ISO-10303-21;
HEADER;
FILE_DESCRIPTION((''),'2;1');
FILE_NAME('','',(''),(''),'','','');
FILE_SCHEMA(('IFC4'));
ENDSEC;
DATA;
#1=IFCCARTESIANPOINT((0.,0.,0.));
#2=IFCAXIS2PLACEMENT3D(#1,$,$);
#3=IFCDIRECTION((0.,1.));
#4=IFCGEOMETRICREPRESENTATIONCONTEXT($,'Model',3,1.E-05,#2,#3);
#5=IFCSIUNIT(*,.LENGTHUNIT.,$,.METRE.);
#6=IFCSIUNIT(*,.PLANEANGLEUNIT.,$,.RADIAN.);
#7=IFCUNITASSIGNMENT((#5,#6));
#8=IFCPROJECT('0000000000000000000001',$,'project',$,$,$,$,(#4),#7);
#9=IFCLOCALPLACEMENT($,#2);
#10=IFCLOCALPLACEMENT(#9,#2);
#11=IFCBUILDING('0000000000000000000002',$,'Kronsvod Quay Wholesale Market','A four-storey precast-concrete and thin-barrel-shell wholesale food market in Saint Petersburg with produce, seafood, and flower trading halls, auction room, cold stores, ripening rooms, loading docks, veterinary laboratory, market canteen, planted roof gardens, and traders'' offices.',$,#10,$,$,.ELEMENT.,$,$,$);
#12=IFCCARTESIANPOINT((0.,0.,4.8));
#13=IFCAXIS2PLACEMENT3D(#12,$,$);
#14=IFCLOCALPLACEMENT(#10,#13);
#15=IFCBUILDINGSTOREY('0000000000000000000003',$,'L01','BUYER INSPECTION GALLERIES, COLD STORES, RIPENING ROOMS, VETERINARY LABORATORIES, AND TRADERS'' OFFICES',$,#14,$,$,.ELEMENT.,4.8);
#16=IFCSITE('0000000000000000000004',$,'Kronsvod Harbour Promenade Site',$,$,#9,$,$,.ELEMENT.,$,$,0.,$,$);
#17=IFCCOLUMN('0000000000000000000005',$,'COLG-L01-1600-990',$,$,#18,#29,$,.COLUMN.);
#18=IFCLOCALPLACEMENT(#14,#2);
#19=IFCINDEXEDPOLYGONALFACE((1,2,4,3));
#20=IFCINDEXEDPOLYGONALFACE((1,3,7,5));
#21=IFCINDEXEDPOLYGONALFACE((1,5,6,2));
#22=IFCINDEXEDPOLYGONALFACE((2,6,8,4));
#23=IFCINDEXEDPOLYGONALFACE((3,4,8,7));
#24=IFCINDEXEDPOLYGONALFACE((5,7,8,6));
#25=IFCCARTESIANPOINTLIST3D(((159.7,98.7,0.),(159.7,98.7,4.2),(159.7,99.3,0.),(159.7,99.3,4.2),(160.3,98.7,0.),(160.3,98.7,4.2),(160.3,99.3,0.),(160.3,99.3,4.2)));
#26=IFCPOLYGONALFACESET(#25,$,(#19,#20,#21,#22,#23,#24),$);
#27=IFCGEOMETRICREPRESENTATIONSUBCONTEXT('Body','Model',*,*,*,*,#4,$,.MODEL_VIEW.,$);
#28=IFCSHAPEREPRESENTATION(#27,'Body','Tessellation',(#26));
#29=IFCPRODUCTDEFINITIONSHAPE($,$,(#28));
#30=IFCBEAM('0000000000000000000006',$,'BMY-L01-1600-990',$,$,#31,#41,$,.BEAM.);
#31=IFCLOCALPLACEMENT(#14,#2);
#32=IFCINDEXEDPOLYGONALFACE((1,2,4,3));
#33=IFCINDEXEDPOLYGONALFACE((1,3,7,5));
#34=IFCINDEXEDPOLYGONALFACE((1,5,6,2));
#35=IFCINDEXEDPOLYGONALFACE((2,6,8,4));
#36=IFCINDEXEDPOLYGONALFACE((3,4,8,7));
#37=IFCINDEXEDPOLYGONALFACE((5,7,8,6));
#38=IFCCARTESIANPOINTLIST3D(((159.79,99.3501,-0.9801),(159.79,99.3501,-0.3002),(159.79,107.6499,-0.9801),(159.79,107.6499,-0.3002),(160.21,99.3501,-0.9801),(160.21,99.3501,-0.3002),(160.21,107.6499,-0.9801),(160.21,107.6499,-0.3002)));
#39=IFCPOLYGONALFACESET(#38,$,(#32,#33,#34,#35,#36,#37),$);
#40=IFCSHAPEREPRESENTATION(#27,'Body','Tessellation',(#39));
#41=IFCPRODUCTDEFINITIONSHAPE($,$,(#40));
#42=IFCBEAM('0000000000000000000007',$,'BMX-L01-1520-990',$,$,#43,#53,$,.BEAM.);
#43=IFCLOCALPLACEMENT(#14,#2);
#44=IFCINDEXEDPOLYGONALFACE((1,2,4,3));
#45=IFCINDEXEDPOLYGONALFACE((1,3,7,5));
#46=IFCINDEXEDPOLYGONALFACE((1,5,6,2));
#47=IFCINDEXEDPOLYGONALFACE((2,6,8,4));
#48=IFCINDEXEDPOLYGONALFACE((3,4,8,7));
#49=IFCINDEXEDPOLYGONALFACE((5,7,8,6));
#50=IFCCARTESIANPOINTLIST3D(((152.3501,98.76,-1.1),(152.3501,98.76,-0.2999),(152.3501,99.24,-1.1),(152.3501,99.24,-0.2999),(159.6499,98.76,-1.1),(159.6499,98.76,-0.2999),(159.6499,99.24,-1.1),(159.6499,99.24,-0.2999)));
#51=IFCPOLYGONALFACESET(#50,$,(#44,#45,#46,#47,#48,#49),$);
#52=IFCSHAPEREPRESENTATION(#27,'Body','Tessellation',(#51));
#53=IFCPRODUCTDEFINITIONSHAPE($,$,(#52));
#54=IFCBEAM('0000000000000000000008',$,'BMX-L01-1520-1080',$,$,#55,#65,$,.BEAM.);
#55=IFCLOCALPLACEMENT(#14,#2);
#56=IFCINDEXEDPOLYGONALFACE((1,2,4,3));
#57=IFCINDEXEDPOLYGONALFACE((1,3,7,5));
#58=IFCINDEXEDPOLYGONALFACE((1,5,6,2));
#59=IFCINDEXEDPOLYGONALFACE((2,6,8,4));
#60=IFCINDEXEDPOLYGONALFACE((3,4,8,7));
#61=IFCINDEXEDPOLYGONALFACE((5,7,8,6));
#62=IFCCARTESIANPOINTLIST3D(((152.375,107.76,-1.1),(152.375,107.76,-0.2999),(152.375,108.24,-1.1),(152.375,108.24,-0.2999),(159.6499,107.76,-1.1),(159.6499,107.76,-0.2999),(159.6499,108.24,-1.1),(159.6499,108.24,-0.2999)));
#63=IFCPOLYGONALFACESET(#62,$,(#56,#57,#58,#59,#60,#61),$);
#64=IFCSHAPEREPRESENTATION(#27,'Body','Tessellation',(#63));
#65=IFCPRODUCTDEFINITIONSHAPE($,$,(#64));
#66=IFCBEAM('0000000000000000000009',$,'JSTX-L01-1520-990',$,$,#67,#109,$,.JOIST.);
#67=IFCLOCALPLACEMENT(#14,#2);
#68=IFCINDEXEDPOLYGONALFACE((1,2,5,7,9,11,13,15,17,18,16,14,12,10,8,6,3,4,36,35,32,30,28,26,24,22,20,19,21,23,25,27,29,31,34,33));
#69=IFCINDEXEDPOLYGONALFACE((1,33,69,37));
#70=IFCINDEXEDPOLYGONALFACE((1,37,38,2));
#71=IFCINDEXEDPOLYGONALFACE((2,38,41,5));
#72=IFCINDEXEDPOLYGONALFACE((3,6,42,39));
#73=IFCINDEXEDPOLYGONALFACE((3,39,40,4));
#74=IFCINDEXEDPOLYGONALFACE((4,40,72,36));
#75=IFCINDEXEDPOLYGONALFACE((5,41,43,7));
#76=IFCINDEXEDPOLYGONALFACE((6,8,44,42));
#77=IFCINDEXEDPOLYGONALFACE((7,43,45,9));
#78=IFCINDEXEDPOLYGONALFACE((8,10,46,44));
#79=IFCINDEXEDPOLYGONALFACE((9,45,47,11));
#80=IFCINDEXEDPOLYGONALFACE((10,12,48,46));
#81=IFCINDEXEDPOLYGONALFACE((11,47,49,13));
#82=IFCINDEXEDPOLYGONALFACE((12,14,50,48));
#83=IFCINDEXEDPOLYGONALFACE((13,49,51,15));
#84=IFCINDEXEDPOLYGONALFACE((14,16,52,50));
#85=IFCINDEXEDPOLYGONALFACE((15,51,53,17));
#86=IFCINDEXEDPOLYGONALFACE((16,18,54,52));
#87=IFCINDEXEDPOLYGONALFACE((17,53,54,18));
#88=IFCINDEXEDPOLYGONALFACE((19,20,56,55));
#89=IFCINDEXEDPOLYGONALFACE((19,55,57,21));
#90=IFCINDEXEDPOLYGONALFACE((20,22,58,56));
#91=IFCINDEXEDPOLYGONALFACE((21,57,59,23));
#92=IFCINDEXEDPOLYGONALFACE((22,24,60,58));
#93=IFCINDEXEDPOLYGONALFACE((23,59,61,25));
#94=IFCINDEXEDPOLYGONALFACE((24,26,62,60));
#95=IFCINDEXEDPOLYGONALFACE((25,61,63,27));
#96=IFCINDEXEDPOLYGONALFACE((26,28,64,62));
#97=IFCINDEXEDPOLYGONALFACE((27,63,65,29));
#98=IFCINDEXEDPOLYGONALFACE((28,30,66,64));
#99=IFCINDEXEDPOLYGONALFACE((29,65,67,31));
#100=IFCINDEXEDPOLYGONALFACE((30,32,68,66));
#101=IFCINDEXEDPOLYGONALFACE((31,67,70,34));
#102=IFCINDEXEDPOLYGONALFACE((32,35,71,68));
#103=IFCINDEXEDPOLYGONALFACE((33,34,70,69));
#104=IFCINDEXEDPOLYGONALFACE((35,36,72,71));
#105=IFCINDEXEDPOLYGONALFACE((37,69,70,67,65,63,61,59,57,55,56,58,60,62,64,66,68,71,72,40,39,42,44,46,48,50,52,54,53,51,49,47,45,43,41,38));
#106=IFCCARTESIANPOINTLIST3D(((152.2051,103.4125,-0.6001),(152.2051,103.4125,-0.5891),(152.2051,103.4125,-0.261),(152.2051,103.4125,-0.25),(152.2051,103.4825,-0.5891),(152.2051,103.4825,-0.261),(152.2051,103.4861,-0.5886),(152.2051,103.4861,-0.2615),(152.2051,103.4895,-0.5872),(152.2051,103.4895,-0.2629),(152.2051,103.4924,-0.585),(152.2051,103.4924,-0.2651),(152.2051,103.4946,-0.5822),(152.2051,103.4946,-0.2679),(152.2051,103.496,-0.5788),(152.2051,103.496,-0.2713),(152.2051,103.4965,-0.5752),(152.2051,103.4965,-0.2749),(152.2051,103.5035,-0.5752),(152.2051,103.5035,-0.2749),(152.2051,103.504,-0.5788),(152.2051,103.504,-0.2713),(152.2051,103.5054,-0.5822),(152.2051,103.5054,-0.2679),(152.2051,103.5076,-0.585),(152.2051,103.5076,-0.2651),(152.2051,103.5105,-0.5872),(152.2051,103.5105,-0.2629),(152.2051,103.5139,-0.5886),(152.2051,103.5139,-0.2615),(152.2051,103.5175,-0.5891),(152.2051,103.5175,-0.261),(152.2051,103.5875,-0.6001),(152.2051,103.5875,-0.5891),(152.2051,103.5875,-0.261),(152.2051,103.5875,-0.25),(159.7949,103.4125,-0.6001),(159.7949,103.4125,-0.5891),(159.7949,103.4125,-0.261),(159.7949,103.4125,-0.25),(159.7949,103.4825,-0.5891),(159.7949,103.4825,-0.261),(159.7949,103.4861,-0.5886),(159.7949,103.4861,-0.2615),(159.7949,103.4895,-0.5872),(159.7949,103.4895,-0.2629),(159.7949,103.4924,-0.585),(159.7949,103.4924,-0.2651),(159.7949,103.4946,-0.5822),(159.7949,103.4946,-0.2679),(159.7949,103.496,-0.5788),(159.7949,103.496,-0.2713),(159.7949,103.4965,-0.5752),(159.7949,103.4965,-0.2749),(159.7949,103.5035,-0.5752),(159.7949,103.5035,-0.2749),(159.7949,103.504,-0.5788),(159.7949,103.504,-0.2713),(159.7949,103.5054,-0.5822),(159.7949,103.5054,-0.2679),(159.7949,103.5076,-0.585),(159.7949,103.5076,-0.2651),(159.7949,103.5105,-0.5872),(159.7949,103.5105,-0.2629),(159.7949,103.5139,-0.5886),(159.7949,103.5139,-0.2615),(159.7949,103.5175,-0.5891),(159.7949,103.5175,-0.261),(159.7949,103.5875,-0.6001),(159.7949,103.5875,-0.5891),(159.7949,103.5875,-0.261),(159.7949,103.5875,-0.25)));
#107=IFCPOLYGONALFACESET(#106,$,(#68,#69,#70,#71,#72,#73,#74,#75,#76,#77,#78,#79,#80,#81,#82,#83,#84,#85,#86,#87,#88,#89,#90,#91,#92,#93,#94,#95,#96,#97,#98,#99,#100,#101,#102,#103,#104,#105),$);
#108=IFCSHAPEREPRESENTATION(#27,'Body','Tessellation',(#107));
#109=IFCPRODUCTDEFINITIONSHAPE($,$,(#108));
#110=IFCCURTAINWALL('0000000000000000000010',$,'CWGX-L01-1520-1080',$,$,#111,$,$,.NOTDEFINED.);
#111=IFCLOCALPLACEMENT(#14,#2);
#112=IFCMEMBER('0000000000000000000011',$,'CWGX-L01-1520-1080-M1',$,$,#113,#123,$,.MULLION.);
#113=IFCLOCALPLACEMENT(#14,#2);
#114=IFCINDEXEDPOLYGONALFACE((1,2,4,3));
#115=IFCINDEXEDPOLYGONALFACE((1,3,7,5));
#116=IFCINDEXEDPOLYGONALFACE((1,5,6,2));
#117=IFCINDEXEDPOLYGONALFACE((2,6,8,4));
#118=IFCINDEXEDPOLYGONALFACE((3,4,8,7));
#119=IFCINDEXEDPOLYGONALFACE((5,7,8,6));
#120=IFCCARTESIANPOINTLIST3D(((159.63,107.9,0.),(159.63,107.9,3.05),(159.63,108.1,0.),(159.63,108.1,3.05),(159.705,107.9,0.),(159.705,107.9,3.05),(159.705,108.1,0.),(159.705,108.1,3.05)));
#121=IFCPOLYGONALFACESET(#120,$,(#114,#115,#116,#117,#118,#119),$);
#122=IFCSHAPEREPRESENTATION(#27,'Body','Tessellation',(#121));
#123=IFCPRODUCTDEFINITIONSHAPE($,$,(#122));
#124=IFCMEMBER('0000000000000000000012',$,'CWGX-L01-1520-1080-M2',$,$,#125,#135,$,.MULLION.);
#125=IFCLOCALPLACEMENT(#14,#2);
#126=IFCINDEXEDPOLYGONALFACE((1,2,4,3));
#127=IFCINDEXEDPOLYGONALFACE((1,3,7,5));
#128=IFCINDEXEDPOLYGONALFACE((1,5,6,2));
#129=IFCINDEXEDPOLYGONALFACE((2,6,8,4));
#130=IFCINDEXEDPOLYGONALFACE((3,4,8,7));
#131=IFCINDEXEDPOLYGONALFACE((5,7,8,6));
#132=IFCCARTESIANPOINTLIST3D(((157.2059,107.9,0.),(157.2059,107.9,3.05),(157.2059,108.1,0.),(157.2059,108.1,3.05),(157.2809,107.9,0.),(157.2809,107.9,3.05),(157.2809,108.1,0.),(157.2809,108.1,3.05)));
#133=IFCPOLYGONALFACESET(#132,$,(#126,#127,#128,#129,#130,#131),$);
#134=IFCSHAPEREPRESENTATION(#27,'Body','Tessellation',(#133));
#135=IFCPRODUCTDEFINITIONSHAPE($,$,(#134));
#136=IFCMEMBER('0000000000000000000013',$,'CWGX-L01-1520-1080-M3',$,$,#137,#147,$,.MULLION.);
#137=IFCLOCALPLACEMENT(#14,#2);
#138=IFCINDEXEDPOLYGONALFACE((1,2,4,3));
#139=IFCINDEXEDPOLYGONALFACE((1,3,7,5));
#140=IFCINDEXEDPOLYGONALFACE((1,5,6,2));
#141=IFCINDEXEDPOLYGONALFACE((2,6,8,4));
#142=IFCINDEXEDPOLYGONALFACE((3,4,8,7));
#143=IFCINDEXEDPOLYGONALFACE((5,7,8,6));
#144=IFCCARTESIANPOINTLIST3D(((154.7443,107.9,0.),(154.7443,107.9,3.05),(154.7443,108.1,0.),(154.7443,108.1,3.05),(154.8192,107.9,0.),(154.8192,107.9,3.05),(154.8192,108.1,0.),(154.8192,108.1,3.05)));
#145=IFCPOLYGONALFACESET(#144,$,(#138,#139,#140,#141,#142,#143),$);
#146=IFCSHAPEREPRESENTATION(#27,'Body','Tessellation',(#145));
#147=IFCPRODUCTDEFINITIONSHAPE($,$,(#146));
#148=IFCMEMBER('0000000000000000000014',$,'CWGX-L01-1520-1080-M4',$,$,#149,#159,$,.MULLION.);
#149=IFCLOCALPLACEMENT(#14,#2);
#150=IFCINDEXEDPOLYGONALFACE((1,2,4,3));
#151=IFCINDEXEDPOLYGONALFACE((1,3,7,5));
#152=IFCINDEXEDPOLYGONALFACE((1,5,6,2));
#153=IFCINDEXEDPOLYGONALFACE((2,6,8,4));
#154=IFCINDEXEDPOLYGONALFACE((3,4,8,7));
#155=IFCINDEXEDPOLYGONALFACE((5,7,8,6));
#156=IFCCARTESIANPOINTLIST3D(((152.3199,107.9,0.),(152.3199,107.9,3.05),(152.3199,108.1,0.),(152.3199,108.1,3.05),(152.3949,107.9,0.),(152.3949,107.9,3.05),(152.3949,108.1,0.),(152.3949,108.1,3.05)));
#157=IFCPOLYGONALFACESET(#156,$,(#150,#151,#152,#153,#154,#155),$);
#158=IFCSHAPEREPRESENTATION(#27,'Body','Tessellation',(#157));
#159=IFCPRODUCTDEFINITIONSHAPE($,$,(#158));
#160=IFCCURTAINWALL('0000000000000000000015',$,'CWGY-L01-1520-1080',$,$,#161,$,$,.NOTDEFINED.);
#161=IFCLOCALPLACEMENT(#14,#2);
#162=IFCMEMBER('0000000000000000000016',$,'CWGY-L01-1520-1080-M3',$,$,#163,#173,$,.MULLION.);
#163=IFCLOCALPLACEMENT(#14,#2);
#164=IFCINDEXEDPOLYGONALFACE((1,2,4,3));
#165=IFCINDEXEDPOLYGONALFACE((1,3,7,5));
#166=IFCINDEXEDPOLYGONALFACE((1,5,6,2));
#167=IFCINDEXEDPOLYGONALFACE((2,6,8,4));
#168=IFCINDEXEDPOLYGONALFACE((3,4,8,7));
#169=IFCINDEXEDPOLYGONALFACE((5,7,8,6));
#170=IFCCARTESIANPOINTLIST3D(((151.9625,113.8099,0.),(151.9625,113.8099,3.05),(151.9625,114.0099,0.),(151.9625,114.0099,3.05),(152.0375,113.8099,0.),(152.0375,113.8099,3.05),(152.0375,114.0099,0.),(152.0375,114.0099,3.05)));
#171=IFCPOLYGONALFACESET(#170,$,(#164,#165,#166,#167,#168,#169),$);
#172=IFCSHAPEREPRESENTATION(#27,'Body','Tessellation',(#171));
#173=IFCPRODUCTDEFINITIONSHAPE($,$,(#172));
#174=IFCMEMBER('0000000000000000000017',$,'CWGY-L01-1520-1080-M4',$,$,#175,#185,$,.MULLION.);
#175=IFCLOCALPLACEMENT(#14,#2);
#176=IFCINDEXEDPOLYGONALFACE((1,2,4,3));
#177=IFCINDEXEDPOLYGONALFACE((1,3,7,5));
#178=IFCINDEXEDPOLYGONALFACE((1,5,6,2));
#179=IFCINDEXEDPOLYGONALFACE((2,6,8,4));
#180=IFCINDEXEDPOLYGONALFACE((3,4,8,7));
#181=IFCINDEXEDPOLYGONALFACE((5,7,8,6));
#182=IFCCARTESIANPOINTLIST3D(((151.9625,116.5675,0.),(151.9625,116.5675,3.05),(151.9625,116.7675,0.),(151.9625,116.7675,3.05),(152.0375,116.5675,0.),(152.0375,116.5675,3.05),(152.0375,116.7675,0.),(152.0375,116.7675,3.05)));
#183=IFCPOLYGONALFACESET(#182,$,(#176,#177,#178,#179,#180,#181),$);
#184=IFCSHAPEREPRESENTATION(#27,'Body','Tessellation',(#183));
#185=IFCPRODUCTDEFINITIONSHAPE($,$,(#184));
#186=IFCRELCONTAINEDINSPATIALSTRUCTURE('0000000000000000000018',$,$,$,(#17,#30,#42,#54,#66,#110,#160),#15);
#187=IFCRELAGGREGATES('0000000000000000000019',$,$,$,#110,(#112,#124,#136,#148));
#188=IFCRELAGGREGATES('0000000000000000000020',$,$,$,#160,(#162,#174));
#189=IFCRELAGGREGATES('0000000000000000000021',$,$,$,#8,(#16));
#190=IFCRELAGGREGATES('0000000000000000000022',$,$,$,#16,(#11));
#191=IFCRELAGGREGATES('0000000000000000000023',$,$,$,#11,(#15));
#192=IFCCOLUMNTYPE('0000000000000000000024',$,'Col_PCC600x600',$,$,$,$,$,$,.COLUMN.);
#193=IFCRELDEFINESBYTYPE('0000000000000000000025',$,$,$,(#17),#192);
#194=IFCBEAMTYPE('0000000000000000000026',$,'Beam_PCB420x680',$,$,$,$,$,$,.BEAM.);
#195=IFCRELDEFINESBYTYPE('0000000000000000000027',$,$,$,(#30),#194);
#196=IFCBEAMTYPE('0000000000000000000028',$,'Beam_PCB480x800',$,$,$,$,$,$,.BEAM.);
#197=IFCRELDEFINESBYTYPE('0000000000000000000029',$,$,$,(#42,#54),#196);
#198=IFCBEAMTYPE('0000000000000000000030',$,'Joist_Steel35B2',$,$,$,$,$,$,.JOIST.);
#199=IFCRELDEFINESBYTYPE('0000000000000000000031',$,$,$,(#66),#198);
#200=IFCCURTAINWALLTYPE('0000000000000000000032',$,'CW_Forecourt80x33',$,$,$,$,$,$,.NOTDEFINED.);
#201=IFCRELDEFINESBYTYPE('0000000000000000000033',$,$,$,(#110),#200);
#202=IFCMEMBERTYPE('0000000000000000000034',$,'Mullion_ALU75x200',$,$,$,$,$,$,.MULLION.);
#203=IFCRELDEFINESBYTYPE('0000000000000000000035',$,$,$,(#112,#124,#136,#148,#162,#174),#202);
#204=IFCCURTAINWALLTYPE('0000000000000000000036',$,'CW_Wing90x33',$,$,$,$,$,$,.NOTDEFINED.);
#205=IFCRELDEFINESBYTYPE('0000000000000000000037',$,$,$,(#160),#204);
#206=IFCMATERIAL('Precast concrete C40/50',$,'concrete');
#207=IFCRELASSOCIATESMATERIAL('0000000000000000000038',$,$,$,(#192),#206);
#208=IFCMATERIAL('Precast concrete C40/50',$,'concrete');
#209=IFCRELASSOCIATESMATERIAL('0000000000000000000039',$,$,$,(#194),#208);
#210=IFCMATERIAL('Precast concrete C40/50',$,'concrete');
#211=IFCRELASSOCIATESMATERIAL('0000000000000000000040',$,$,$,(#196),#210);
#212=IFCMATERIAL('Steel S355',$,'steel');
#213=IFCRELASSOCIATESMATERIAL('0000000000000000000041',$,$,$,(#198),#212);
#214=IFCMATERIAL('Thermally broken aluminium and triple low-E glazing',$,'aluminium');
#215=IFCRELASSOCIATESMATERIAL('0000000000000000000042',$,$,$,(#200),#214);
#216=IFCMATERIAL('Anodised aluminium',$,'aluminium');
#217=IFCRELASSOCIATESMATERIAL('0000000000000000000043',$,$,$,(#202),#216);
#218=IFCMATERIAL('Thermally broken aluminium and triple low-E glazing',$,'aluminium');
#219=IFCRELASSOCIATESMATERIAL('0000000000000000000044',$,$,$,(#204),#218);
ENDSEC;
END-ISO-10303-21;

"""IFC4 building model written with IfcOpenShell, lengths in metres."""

from ifc_helpers import new_model, si_unit, direction, frame, origin, origin_2d, place, context, subcontext, project, spatial, rectangle, i_section, extrude, material, material_profile, profile_set, type_object, element, aggregate, save


model = new_model("IFC4")

# Units and contexts
model_context = context("Model", 3, precision=1e-05, world=origin(), true_north=direction((0.0, 1.0)))
body_context = subcontext(model_context, "Body", "Model", "MODEL_VIEW")
ifc_project = project(units=[si_unit("LENGTHUNIT", "METRE"), si_unit("PLANEANGLEUNIT", "RADIAN")], contexts=[model_context])

# Site, building, storey
site_placement = place(None, origin())
site = spatial("IfcSite", under=ifc_project, at=site_placement, Name="Kronsvod Harbour Promenade Site", CompositionType="ELEMENT", RefElevation=0.0)
building_placement = place(site_placement, origin())
building = spatial("IfcBuilding", under=site, at=building_placement, Name="Kronsvod Quay Wholesale Market", Description="A four-storey precast-concrete and thin-barrel-shell wholesale food market in Saint Petersburg with produce, seafood, and flower trading halls, auction room, cold stores, ripening rooms, loading docks, veterinary laboratory, market canteen, planted roof gardens, and traders' offices.", CompositionType="ELEMENT")
storey_placement = place(building_placement, frame((0.0, 0.0, 4.8)))
storey = spatial("IfcBuildingStorey", under=building, at=storey_placement, Name="L01", Description="BUYER INSPECTION GALLERIES, COLD STORES, RIPENING ROOMS, VETERINARY LABORATORIES, AND TRADERS' OFFICES", CompositionType="ELEMENT", Elevation=4.8)

# Column
ifc_material_1 = material(Name="Precast concrete C40/50", Category="concrete")
ifc_material_profile_1 = material_profile(ifc_material_1, rectangle(XDim=0.6001, YDim=0.6001, at=origin_2d()), Name="PCC600x600")
ifc_profile_set_1 = profile_set([ifc_material_profile_1], Name="Precast concrete C40/50")
column_type = type_object("IfcColumnType", Name="Col_PCC600x600", PredefinedType="COLUMN", material=ifc_profile_set_1)
column_placement = place(storey_placement, frame((160.0, 99.0, 0.0), z_axis=(0.0, 0.0, 1.0), x_axis=(1.0, 0.0, 0.0)))
element("IfcColumn", 1, at=column_placement, inside=storey, type_object=column_type, Name="COLG-L01-1600-990", PredefinedType="COLUMN", context=body_context, shape_type="SweptSolid", body=[
    extrude(rectangle(XDim=0.6001, YDim=0.6001, at=origin_2d()), origin(), (0.0, 0.0, 1.0), 4.2),
])

# Beams
ifc_material_2 = material(Name="Precast concrete C40/50", Category="concrete")
ifc_material_profile_2 = material_profile(ifc_material_2, rectangle(XDim=0.4199, YDim=0.6799, at=origin_2d()), Name="PB-05")
ifc_profile_set_2 = profile_set([ifc_material_profile_2], Name="Precast concrete C40/50")
beam_type_1 = type_object("IfcBeamType", Name="Beam_PCB420x680", PredefinedType="BEAM", material=ifc_profile_set_2)
beam_1_placement = place(storey_placement, frame((160.0, 99.3501, -0.6401), z_axis=(0.0, 1.0, 0.0), x_axis=(-1.0, 0.0, 0.0)))
element("IfcBeam", 2, at=beam_1_placement, inside=storey, type_object=beam_type_1, Name="BMY-L01-1600-990", PredefinedType="BEAM", context=body_context, shape_type="SweptSolid", body=[
    extrude(rectangle(XDim=0.4199, YDim=0.6799, at=origin_2d()), origin(), (0.0, 0.0, 1.0), 8.2998),
])
ifc_material_3 = material(Name="Precast concrete C40/50", Category="concrete")
ifc_material_profile_3 = material_profile(ifc_material_3, rectangle(XDim=0.48, YDim=0.8, at=origin_2d()), Name="PB-04")
ifc_profile_set_3 = profile_set([ifc_material_profile_3], Name="Precast concrete C40/50")
beam_type_2 = type_object("IfcBeamType", Name="Beam_PCB480x800", PredefinedType="BEAM", material=ifc_profile_set_3)
beam_2_placement = place(storey_placement, frame((152.3501, 99.0, -0.7), z_axis=(1.0, 0.0, 0.0), x_axis=(0.0, 1.0, 0.0)))
element("IfcBeam", 3, at=beam_2_placement, inside=storey, type_object=beam_type_2, Name="BMX-L01-1520-990", PredefinedType="BEAM", context=body_context, shape_type="SweptSolid", body=[
    extrude(rectangle(XDim=0.48, YDim=0.8, at=origin_2d()), origin(), (0.0, 0.0, 1.0), 7.2998),
])
beam_3_placement = place(storey_placement, frame((152.375, 108.0, -0.7), z_axis=(1.0, 0.0, 0.0), x_axis=(0.0, 1.0, 0.0)))
element("IfcBeam", 4, at=beam_3_placement, inside=storey, type_object=beam_type_2, Name="BMX-L01-1520-1080", PredefinedType="BEAM", context=body_context, shape_type="SweptSolid", body=[
    extrude(rectangle(XDim=0.48, YDim=0.8, at=origin_2d()), origin(), (0.0, 0.0, 1.0), 7.2749),
])
ifc_material_4 = material(Name="Steel S355", Category="steel")
ifc_material_profile_4 = material_profile(ifc_material_4, i_section(OverallWidth=0.175, OverallDepth=0.3501, WebThickness=0.0071, FlangeThickness=0.011, FilletRadius=0.0139, at=origin_2d()), Name="35B2")
ifc_profile_set_4 = profile_set([ifc_material_profile_4], Name="Steel S355")
beam_type_3 = type_object("IfcBeamType", Name="Joist_Steel35B2", PredefinedType="JOIST", material=ifc_profile_set_4)
beam_4_placement = place(storey_placement, frame((152.2051, 103.5, -0.425), z_axis=(1.0, 0.0, 0.0), x_axis=(0.0, 1.0, 0.0)))
element("IfcBeam", 5, at=beam_4_placement, inside=storey, type_object=beam_type_3, Name="JSTX-L01-1520-990", PredefinedType="JOIST", context=body_context, shape_type="SweptSolid", body=[
    extrude(i_section(OverallWidth=0.175, OverallDepth=0.3501, WebThickness=0.0071, FlangeThickness=0.011, FilletRadius=0.0139, at=origin_2d()), origin(), (0.0, 0.0, 1.0), 7.5898),
])

# Curtain walls, members
ifc_material_5 = material(Name="Thermally broken aluminium and triple low-E glazing", Category="aluminium")
curtain_wall_type_1 = type_object("IfcCurtainWallType", Name="CW_Forecourt80x33", PredefinedType="NOTDEFINED", material=ifc_material_5)
curtain_wall_1_placement = place(storey_placement, origin())
curtain_wall_1 = element("IfcCurtainWall", 6, at=curtain_wall_1_placement, inside=storey, type_object=curtain_wall_type_1, Name="CWGX-L01-1520-1080", PredefinedType="NOTDEFINED")
ifc_material_6 = material(Name="Anodised aluminium", Category="aluminium")
ifc_material_profile_5 = material_profile(ifc_material_6, rectangle(XDim=0.075, YDim=0.2, at=origin_2d()), Name="ALUM75x200")
ifc_profile_set_5 = profile_set([ifc_material_profile_5], Name="Anodised aluminium")
member_type_1 = type_object("IfcMemberType", Name="Mullion_ALU75x200", PredefinedType="MULLION", material=ifc_profile_set_5)
member_1_placement = place(storey_placement, frame((159.6675, 108.0, 0.0), z_axis=(0.0, 0.0, 1.0), x_axis=(1.0, 0.0, 0.0)))
member_1 = element("IfcMember", 7, at=member_1_placement, type_object=member_type_1, Name="CWGX-L01-1520-1080-M1", PredefinedType="MULLION", context=body_context, shape_type="SweptSolid", body=[
    extrude(rectangle(XDim=0.075, YDim=0.2, at=origin_2d()), origin(), (0.0, 0.0, 1.0), 3.05),
])
member_2_placement = place(storey_placement, frame((157.2434, 108.0, 0.0), z_axis=(0.0, 0.0, 1.0), x_axis=(1.0, 0.0, 0.0)))
member_2 = element("IfcMember", 8, at=member_2_placement, type_object=member_type_1, Name="CWGX-L01-1520-1080-M2", PredefinedType="MULLION", context=body_context, shape_type="SweptSolid", body=[
    extrude(rectangle(XDim=0.075, YDim=0.2, at=origin_2d()), origin(), (0.0, 0.0, 1.0), 3.05),
])
member_3_placement = place(storey_placement, frame((154.7817, 108.0, 0.0), z_axis=(0.0, 0.0, 1.0), x_axis=(1.0, 0.0, 0.0)))
member_3 = element("IfcMember", 9, at=member_3_placement, type_object=member_type_1, Name="CWGX-L01-1520-1080-M3", PredefinedType="MULLION", context=body_context, shape_type="SweptSolid", body=[
    extrude(rectangle(XDim=0.075, YDim=0.2, at=origin_2d()), origin(), (0.0, 0.0, 1.0), 3.05),
])
member_4_placement = place(storey_placement, frame((152.3574, 108.0, 0.0), z_axis=(0.0, 0.0, 1.0), x_axis=(1.0, 0.0, 0.0)))
member_4 = element("IfcMember", 10, at=member_4_placement, type_object=member_type_1, Name="CWGX-L01-1520-1080-M4", PredefinedType="MULLION", context=body_context, shape_type="SweptSolid", body=[
    extrude(rectangle(XDim=0.075, YDim=0.2, at=origin_2d()), origin(), (0.0, 0.0, 1.0), 3.05),
])
ifc_material_7 = material(Name="Thermally broken aluminium and triple low-E glazing", Category="aluminium")
curtain_wall_type_2 = type_object("IfcCurtainWallType", Name="CW_Wing90x33", PredefinedType="NOTDEFINED", material=ifc_material_7)
curtain_wall_2_placement = place(storey_placement, origin())
curtain_wall_2 = element("IfcCurtainWall", 11, at=curtain_wall_2_placement, inside=storey, type_object=curtain_wall_type_2, Name="CWGY-L01-1520-1080", PredefinedType="NOTDEFINED")
member_5_placement = place(storey_placement, frame((152.0, 113.9099, 0.0), z_axis=(0.0, 0.0, 1.0), x_axis=(1.0, 0.0, 0.0)))
member_5 = element("IfcMember", 12, at=member_5_placement, type_object=member_type_1, Name="CWGY-L01-1520-1080-M3", PredefinedType="MULLION", context=body_context, shape_type="SweptSolid", body=[
    extrude(rectangle(XDim=0.075, YDim=0.2, at=origin_2d()), origin(), (0.0, 0.0, 1.0), 3.05),
])
member_6_placement = place(storey_placement, frame((152.0, 116.6675, 0.0), z_axis=(0.0, 0.0, 1.0), x_axis=(1.0, 0.0, 0.0)))
member_6 = element("IfcMember", 13, at=member_6_placement, type_object=member_type_1, Name="CWGY-L01-1520-1080-M4", PredefinedType="MULLION", context=body_context, shape_type="SweptSolid", body=[
    extrude(rectangle(XDim=0.075, YDim=0.2, at=origin_2d()), origin(), (0.0, 0.0, 1.0), 3.05),
])

aggregate(curtain_wall_1, [member_1, member_2, member_3, member_4])
aggregate(curtain_wall_2, [member_5, member_6])

save(model, "model.ifc")
